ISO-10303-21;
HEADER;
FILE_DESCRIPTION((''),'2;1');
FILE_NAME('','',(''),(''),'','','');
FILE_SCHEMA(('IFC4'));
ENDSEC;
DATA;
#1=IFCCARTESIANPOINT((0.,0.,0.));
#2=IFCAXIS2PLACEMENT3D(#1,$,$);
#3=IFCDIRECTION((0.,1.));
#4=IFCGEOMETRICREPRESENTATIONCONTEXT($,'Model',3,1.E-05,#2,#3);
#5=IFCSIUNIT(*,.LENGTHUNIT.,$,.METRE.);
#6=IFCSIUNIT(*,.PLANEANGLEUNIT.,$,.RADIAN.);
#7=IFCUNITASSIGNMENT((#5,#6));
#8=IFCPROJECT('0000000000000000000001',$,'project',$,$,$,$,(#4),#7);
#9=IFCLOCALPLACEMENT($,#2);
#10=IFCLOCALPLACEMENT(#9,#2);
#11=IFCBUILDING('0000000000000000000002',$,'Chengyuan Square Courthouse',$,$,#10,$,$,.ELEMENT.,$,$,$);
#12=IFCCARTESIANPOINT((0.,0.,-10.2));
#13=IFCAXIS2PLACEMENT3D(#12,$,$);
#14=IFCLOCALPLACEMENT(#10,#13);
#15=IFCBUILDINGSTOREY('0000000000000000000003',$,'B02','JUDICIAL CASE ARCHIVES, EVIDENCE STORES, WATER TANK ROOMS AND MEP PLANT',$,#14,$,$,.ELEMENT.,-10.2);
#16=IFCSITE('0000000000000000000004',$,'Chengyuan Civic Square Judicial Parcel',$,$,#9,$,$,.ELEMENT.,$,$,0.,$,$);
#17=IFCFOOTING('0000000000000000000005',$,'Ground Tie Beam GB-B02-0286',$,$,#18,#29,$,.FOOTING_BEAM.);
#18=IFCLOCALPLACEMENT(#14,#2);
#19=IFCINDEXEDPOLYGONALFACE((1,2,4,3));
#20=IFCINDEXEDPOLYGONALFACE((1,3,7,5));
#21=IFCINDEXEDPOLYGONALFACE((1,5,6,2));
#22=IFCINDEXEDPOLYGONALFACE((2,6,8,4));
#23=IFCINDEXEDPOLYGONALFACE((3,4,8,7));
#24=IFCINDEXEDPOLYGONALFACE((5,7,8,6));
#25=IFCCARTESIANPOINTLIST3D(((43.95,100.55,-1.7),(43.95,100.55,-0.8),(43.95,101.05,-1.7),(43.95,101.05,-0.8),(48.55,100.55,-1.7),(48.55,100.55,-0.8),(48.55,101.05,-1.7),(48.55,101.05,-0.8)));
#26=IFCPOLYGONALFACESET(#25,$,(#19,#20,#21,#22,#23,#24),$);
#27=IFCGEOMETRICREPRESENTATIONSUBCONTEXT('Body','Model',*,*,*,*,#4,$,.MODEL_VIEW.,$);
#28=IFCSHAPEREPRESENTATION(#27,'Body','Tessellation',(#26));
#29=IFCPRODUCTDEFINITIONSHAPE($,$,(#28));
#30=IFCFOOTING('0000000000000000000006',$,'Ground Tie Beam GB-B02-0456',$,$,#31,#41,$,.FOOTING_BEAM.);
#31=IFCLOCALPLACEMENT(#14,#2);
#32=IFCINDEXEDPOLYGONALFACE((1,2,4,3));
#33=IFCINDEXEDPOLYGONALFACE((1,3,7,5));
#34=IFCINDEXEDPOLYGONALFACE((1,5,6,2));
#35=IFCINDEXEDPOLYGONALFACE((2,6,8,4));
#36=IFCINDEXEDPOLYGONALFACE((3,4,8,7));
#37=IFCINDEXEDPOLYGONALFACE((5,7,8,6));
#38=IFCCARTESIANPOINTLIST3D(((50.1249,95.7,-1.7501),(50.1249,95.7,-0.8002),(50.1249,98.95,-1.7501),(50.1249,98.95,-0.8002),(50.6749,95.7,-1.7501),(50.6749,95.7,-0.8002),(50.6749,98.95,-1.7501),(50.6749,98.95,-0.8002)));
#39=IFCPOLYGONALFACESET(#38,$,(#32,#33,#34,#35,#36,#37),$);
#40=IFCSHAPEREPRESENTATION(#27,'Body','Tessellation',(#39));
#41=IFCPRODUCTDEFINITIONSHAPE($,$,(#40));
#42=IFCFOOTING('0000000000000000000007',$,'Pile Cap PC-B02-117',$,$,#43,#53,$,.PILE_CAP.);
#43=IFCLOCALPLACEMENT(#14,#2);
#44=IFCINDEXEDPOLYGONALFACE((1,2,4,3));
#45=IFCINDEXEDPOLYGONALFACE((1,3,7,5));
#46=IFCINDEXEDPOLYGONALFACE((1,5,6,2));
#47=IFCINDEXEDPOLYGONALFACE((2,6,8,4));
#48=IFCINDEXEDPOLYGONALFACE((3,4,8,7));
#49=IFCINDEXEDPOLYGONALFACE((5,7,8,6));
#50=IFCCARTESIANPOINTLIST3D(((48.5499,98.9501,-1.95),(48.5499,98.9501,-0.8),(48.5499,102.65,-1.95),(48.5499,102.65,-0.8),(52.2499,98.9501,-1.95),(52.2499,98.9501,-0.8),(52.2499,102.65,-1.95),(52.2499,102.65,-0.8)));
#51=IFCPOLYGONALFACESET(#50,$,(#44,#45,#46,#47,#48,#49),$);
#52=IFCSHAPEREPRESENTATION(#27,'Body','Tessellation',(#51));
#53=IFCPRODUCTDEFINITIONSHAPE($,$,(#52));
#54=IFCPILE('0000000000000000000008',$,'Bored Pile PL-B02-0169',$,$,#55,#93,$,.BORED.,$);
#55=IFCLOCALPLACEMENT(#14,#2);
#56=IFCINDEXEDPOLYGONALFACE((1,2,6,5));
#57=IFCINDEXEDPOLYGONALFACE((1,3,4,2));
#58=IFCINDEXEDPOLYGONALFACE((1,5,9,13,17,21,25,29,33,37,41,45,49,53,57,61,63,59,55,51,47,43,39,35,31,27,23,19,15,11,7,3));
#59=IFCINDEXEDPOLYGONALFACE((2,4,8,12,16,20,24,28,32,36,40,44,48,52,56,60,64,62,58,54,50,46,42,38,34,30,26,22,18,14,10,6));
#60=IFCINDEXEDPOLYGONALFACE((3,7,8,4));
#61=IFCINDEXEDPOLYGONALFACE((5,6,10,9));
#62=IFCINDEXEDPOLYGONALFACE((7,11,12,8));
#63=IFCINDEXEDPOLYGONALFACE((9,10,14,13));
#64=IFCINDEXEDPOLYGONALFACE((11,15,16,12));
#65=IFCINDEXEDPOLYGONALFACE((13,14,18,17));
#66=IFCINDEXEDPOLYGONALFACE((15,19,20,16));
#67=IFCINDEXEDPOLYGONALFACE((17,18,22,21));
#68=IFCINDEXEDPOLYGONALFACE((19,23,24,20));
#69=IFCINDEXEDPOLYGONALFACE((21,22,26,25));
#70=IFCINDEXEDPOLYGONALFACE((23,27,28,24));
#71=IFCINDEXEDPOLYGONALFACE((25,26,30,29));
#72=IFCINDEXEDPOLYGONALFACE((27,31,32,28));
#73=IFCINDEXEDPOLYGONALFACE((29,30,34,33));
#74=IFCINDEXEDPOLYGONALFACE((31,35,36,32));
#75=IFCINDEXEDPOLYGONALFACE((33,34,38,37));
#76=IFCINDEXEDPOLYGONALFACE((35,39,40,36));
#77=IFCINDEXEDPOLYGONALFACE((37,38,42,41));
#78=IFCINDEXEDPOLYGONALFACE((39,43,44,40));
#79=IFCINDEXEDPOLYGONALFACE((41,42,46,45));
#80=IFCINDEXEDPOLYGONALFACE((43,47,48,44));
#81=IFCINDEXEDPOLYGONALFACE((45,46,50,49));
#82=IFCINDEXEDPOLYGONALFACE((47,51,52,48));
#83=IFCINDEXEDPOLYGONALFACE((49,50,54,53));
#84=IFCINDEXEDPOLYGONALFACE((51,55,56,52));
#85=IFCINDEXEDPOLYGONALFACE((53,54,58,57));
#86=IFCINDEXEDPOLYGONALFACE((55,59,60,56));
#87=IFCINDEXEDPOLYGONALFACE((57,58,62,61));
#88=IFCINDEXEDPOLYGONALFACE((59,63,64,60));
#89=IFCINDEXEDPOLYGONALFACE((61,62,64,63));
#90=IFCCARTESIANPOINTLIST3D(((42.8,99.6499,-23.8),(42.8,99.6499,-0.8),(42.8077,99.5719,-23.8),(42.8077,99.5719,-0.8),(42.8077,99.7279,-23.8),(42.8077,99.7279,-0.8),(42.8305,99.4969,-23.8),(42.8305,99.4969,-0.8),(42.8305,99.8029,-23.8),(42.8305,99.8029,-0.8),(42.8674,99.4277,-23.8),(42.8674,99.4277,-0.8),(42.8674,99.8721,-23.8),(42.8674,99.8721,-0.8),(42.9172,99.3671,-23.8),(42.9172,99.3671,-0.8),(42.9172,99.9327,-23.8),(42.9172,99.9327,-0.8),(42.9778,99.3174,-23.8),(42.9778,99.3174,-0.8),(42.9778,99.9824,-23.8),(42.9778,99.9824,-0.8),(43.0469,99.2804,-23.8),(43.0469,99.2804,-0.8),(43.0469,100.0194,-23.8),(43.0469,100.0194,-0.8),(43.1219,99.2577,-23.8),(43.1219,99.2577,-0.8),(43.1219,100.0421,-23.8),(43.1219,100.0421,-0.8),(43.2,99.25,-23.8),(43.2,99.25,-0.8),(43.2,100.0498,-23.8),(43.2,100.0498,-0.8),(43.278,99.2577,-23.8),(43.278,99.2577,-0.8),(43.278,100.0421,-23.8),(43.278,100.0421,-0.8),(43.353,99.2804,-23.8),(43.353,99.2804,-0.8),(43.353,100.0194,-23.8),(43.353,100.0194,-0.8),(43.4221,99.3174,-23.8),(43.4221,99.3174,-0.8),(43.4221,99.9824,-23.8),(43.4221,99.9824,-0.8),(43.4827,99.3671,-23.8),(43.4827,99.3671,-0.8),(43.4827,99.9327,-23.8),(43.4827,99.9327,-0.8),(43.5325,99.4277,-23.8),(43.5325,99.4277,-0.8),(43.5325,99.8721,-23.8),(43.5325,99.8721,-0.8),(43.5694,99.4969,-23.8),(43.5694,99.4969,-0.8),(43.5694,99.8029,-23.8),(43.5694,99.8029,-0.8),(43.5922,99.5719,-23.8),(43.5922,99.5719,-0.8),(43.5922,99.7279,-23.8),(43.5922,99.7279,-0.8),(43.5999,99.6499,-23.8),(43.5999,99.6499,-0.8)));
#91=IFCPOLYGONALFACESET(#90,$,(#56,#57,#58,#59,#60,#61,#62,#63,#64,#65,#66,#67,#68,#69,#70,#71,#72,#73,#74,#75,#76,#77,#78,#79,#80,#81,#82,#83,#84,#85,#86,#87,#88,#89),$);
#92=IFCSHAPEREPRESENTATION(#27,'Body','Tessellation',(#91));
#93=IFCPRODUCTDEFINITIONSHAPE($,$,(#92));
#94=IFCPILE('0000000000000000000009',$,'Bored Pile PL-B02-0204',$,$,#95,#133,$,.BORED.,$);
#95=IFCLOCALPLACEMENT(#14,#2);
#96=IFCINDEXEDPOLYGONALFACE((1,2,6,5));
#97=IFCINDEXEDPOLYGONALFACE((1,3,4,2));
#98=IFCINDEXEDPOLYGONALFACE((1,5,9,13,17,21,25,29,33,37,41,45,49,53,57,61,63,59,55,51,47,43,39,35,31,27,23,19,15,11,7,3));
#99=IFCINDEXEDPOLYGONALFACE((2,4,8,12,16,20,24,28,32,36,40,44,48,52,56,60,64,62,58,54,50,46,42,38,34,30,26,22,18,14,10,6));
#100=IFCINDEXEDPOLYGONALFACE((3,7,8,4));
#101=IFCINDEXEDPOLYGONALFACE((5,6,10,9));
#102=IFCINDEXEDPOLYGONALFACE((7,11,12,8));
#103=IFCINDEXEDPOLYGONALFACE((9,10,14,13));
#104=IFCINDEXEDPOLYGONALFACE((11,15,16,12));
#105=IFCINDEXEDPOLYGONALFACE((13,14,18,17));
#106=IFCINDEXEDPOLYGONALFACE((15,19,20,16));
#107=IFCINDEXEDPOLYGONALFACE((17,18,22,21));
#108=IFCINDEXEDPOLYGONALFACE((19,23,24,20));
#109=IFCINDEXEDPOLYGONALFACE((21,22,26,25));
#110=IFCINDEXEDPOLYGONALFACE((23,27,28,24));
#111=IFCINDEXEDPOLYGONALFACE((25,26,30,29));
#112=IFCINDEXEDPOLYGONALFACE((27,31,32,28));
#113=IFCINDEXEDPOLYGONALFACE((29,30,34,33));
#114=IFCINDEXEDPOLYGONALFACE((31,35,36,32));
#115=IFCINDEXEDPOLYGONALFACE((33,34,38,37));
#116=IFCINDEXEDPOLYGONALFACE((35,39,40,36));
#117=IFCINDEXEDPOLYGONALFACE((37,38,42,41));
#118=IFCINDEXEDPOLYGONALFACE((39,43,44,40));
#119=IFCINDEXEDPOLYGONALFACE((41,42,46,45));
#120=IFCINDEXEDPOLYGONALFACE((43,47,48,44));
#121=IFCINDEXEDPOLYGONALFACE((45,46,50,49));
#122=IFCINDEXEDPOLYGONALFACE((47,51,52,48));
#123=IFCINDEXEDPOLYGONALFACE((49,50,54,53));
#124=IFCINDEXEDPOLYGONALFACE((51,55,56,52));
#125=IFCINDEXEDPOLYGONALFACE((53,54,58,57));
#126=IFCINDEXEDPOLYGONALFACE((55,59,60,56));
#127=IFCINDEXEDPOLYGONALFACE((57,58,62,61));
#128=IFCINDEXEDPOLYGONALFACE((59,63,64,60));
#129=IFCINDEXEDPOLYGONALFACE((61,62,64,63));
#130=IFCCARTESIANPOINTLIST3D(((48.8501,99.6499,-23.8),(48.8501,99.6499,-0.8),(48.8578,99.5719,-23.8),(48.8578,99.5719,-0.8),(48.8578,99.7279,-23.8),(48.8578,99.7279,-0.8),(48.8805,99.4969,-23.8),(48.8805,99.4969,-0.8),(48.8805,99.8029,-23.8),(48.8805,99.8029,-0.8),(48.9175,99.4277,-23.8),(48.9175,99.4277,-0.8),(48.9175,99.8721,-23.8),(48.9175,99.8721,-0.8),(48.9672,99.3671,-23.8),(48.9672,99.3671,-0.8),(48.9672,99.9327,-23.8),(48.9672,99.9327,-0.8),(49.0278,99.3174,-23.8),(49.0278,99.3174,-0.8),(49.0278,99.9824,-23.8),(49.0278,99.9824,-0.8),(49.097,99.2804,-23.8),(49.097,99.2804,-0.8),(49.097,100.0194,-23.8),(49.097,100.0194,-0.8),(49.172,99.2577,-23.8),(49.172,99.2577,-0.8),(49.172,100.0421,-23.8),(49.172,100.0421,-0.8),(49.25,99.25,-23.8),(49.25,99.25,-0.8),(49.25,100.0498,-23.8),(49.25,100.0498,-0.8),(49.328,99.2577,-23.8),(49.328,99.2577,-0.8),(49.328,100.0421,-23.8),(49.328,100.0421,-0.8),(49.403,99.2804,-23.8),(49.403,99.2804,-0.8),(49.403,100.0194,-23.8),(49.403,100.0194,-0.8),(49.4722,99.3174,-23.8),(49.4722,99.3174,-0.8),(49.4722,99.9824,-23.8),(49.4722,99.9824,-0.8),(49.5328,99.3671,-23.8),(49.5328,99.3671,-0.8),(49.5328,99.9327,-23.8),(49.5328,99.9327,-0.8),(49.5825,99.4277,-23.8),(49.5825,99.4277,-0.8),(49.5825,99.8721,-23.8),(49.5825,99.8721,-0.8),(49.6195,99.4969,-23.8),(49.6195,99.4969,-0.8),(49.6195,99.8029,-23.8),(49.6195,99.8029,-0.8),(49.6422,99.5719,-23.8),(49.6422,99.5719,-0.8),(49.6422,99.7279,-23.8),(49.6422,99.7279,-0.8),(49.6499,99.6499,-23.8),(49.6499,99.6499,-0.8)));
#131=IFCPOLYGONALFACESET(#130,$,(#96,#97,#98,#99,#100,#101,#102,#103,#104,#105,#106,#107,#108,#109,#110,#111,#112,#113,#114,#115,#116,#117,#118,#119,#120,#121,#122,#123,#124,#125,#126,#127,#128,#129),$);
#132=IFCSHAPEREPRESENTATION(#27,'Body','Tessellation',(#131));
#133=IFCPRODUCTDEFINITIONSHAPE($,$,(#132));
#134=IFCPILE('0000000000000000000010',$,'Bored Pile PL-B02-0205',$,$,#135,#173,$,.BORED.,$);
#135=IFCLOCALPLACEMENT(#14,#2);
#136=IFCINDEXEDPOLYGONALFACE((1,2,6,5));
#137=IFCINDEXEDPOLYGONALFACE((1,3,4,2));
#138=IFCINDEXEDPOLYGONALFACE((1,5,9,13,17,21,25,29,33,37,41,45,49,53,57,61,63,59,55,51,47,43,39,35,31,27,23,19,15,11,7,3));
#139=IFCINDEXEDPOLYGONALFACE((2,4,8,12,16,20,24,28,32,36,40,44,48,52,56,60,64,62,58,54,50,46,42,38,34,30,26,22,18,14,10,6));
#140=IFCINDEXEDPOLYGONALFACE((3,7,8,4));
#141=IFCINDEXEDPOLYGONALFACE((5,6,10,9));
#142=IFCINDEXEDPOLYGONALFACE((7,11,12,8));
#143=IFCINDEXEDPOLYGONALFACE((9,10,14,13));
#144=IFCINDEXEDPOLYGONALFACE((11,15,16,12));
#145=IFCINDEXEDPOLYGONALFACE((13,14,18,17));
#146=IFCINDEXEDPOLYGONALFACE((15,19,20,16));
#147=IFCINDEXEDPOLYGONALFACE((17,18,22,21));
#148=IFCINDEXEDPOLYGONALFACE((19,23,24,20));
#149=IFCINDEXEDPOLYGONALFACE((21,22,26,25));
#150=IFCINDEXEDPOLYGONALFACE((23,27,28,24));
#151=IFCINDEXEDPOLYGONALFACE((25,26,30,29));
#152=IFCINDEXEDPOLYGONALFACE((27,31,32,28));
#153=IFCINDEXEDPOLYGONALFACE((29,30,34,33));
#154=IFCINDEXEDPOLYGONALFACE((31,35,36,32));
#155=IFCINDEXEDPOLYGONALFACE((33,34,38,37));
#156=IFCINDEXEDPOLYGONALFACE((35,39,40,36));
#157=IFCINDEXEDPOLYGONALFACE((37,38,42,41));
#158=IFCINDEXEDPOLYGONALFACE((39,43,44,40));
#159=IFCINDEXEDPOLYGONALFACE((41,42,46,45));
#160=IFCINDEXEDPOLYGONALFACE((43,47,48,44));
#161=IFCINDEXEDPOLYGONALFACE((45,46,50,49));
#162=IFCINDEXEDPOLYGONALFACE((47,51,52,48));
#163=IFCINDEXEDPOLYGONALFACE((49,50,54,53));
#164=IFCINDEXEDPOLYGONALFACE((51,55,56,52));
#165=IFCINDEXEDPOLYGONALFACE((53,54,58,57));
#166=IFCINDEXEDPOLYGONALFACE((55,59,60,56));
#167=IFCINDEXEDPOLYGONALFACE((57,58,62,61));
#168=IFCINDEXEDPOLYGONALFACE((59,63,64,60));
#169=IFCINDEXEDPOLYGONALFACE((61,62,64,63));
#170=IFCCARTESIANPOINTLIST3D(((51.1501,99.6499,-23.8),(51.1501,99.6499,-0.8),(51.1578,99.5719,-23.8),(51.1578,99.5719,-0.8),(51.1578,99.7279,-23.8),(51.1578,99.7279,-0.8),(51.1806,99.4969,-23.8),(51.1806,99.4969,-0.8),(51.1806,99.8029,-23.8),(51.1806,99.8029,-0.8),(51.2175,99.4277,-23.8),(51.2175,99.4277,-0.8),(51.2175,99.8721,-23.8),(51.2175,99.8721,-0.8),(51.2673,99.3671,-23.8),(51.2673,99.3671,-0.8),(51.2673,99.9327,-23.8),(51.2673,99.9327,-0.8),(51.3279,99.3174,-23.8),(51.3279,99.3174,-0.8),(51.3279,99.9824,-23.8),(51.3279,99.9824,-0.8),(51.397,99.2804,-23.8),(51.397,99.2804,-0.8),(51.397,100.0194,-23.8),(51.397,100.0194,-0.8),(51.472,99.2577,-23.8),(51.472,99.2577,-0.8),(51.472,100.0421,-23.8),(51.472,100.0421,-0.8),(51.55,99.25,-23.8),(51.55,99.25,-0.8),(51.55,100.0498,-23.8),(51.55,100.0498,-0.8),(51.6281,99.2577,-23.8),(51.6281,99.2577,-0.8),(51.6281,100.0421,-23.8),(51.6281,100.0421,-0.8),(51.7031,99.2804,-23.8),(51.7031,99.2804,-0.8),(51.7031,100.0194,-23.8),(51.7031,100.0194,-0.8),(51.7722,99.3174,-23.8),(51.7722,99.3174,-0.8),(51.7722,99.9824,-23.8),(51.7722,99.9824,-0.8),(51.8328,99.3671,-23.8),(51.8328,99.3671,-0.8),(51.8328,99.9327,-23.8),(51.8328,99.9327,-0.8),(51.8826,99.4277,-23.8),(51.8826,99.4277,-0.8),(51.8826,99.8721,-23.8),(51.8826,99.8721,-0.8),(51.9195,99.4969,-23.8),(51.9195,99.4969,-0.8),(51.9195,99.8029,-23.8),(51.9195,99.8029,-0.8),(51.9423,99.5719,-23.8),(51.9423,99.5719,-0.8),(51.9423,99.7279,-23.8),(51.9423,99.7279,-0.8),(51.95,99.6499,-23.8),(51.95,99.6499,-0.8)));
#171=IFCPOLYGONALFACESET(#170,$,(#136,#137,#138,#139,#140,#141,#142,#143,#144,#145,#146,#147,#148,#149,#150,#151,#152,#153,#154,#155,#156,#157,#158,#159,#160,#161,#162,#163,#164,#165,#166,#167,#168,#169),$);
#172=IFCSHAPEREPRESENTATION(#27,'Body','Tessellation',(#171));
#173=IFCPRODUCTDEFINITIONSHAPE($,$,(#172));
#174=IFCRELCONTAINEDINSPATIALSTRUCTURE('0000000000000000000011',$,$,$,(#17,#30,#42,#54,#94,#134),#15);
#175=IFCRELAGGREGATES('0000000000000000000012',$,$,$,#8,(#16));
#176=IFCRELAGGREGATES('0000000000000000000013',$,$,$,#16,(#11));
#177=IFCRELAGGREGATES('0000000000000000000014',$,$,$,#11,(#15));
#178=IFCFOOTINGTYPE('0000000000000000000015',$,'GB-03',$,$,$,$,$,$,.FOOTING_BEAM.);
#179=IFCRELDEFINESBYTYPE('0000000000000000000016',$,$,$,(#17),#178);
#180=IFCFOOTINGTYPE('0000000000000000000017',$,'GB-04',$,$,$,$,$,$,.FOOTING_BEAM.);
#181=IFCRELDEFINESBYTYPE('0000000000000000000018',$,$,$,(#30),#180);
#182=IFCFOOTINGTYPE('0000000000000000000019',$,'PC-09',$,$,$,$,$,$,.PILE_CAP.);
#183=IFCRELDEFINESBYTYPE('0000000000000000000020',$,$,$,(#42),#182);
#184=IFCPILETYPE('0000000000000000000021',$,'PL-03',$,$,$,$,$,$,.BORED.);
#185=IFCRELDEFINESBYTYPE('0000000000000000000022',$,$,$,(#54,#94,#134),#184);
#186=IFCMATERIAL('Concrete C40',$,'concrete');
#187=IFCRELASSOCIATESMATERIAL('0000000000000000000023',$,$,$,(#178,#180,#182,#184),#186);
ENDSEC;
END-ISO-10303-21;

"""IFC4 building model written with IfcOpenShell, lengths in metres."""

from ifc_helpers import new_model, si_unit, direction, frame, origin, origin_2d, place, context, subcontext, project, spatial, rectangle, circle, extrude, material, material_profile, profile_set, type_object, element, save


model = new_model("IFC4")

# Units and contexts
model_context = context("Model", 3, precision=1e-05, world=origin(), true_north=direction((0.0, 1.0)))
body_context = subcontext(model_context, "Body", "Model", "MODEL_VIEW")
ifc_project = project(units=[si_unit("LENGTHUNIT", "METRE"), si_unit("PLANEANGLEUNIT", "RADIAN")], contexts=[model_context])

# Site, building, storey
site_placement = place(None, origin())
site = spatial("IfcSite", under=ifc_project, at=site_placement, Name="Chengyuan Civic Square Judicial Parcel", CompositionType="ELEMENT", RefElevation=0.0)
building_placement = place(site_placement, origin())
building = spatial("IfcBuilding", under=site, at=building_placement, Name="Chengyuan Square Courthouse", CompositionType="ELEMENT")
storey_placement = place(building_placement, frame((0.0, 0.0, -10.2)))
storey = spatial("IfcBuildingStorey", under=building, at=storey_placement, Name="B02", Description="JUDICIAL CASE ARCHIVES, EVIDENCE STORES, WATER TANK ROOMS AND MEP PLANT", CompositionType="ELEMENT", Elevation=-10.2)

# Footings
ifc_material_1 = material(Name="Concrete C40", Category="concrete")
ifc_material_profile_1 = material_profile(ifc_material_1, rectangle(XDim=0.5, YDim=0.8999, at=origin_2d()), Name="GB-500x900")
ifc_profile_set_1 = profile_set([ifc_material_profile_1], Name="Concrete C40")
footing_type_1 = type_object("IfcFootingType", Name="GB-03", PredefinedType="FOOTING_BEAM", material=ifc_profile_set_1)
footing_1_placement = place(storey_placement, frame((43.95, 100.8, -1.25), z_axis=(1.0, 0.0, 0.0), x_axis=(0.0, 1.0, 0.0)))
element("IfcFooting", 1, at=footing_1_placement, inside=storey, type_object=footing_type_1, Name="Ground Tie Beam GB-B02-0286", PredefinedType="FOOTING_BEAM", context=body_context, shape_type="SweptSolid", body=[
    extrude(rectangle(XDim=0.5, YDim=0.8999, at=origin_2d()), origin(), (0.0, 0.0, 1.0), 4.6001),
])
ifc_material_profile_2 = material_profile(ifc_material_1, rectangle(XDim=0.55, YDim=0.95, at=origin_2d()), Name="GB-550x950")
ifc_profile_set_2 = profile_set([ifc_material_profile_2], Name="Concrete C40")
footing_type_2 = type_object("IfcFootingType", Name="GB-04", PredefinedType="FOOTING_BEAM", material=ifc_profile_set_2)
footing_2_placement = place(storey_placement, frame((50.3999, 95.7, -1.2751), z_axis=(0.0, 1.0, 0.0), x_axis=(-1.0, 0.0, 0.0)))
element("IfcFooting", 2, at=footing_2_placement, inside=storey, type_object=footing_type_2, Name="Ground Tie Beam GB-B02-0456", PredefinedType="FOOTING_BEAM", context=body_context, shape_type="SweptSolid", body=[
    extrude(rectangle(XDim=0.55, YDim=0.95, at=origin_2d()), origin(), (0.0, 0.0, 1.0), 3.25),
])
footing_type_3 = type_object("IfcFootingType", Name="PC-09", PredefinedType="PILE_CAP", material=ifc_material_1)
footing_3_placement = place(storey_placement, frame((50.3999, 100.8, -1.95), z_axis=(0.0, 0.0, 1.0), x_axis=(1.0, 0.0, 0.0)))
element("IfcFooting", 3, at=footing_3_placement, inside=storey, type_object=footing_type_3, Name="Pile Cap PC-B02-117", PredefinedType="PILE_CAP", context=body_context, shape_type="SweptSolid", body=[
    extrude(rectangle(XDim=3.7, YDim=3.7, at=origin_2d()), origin(), (0.0, 0.0, 1.0), 1.1499),
])

# Piles
ifc_material_profile_3 = material_profile(ifc_material_1, circle(Radius=0.3999, at=origin_2d()), Name="BORED PILE D800")
ifc_profile_set_3 = profile_set([ifc_material_profile_3], Name="Concrete C40")
pile_type_1 = type_object("IfcPileType", Name="PL-03", PredefinedType="BORED", material=ifc_profile_set_3)
for number, where, z_axis, x_axis, name in (
    (4, (43.2, 99.6499, -0.8), (0.0, 0.0, -1.0), (1.0, 0.0, 0.0), "Bored Pile PL-B02-0169"),
    (5, (49.25, 99.6499, -0.8), (0.0, 0.0, -1.0), (1.0, 0.0, 0.0), "Bored Pile PL-B02-0204"),
    (6, (51.55, 99.6499, -0.8), (0.0, 0.0, -1.0), (1.0, 0.0, 0.0), "Bored Pile PL-B02-0205"),
):
    element("IfcPile", number, at=place(storey_placement, frame(where, z_axis=z_axis, x_axis=x_axis)), inside=storey, type_object=pile_type_1, Name=name, PredefinedType="BORED", context=body_context, shape_type="SweptSolid", body=[
        extrude(circle(Radius=0.3999, at=origin_2d()), origin(), (0.0, 0.0, 1.0), 23.0),
    ])

save(model, "model.ifc")
